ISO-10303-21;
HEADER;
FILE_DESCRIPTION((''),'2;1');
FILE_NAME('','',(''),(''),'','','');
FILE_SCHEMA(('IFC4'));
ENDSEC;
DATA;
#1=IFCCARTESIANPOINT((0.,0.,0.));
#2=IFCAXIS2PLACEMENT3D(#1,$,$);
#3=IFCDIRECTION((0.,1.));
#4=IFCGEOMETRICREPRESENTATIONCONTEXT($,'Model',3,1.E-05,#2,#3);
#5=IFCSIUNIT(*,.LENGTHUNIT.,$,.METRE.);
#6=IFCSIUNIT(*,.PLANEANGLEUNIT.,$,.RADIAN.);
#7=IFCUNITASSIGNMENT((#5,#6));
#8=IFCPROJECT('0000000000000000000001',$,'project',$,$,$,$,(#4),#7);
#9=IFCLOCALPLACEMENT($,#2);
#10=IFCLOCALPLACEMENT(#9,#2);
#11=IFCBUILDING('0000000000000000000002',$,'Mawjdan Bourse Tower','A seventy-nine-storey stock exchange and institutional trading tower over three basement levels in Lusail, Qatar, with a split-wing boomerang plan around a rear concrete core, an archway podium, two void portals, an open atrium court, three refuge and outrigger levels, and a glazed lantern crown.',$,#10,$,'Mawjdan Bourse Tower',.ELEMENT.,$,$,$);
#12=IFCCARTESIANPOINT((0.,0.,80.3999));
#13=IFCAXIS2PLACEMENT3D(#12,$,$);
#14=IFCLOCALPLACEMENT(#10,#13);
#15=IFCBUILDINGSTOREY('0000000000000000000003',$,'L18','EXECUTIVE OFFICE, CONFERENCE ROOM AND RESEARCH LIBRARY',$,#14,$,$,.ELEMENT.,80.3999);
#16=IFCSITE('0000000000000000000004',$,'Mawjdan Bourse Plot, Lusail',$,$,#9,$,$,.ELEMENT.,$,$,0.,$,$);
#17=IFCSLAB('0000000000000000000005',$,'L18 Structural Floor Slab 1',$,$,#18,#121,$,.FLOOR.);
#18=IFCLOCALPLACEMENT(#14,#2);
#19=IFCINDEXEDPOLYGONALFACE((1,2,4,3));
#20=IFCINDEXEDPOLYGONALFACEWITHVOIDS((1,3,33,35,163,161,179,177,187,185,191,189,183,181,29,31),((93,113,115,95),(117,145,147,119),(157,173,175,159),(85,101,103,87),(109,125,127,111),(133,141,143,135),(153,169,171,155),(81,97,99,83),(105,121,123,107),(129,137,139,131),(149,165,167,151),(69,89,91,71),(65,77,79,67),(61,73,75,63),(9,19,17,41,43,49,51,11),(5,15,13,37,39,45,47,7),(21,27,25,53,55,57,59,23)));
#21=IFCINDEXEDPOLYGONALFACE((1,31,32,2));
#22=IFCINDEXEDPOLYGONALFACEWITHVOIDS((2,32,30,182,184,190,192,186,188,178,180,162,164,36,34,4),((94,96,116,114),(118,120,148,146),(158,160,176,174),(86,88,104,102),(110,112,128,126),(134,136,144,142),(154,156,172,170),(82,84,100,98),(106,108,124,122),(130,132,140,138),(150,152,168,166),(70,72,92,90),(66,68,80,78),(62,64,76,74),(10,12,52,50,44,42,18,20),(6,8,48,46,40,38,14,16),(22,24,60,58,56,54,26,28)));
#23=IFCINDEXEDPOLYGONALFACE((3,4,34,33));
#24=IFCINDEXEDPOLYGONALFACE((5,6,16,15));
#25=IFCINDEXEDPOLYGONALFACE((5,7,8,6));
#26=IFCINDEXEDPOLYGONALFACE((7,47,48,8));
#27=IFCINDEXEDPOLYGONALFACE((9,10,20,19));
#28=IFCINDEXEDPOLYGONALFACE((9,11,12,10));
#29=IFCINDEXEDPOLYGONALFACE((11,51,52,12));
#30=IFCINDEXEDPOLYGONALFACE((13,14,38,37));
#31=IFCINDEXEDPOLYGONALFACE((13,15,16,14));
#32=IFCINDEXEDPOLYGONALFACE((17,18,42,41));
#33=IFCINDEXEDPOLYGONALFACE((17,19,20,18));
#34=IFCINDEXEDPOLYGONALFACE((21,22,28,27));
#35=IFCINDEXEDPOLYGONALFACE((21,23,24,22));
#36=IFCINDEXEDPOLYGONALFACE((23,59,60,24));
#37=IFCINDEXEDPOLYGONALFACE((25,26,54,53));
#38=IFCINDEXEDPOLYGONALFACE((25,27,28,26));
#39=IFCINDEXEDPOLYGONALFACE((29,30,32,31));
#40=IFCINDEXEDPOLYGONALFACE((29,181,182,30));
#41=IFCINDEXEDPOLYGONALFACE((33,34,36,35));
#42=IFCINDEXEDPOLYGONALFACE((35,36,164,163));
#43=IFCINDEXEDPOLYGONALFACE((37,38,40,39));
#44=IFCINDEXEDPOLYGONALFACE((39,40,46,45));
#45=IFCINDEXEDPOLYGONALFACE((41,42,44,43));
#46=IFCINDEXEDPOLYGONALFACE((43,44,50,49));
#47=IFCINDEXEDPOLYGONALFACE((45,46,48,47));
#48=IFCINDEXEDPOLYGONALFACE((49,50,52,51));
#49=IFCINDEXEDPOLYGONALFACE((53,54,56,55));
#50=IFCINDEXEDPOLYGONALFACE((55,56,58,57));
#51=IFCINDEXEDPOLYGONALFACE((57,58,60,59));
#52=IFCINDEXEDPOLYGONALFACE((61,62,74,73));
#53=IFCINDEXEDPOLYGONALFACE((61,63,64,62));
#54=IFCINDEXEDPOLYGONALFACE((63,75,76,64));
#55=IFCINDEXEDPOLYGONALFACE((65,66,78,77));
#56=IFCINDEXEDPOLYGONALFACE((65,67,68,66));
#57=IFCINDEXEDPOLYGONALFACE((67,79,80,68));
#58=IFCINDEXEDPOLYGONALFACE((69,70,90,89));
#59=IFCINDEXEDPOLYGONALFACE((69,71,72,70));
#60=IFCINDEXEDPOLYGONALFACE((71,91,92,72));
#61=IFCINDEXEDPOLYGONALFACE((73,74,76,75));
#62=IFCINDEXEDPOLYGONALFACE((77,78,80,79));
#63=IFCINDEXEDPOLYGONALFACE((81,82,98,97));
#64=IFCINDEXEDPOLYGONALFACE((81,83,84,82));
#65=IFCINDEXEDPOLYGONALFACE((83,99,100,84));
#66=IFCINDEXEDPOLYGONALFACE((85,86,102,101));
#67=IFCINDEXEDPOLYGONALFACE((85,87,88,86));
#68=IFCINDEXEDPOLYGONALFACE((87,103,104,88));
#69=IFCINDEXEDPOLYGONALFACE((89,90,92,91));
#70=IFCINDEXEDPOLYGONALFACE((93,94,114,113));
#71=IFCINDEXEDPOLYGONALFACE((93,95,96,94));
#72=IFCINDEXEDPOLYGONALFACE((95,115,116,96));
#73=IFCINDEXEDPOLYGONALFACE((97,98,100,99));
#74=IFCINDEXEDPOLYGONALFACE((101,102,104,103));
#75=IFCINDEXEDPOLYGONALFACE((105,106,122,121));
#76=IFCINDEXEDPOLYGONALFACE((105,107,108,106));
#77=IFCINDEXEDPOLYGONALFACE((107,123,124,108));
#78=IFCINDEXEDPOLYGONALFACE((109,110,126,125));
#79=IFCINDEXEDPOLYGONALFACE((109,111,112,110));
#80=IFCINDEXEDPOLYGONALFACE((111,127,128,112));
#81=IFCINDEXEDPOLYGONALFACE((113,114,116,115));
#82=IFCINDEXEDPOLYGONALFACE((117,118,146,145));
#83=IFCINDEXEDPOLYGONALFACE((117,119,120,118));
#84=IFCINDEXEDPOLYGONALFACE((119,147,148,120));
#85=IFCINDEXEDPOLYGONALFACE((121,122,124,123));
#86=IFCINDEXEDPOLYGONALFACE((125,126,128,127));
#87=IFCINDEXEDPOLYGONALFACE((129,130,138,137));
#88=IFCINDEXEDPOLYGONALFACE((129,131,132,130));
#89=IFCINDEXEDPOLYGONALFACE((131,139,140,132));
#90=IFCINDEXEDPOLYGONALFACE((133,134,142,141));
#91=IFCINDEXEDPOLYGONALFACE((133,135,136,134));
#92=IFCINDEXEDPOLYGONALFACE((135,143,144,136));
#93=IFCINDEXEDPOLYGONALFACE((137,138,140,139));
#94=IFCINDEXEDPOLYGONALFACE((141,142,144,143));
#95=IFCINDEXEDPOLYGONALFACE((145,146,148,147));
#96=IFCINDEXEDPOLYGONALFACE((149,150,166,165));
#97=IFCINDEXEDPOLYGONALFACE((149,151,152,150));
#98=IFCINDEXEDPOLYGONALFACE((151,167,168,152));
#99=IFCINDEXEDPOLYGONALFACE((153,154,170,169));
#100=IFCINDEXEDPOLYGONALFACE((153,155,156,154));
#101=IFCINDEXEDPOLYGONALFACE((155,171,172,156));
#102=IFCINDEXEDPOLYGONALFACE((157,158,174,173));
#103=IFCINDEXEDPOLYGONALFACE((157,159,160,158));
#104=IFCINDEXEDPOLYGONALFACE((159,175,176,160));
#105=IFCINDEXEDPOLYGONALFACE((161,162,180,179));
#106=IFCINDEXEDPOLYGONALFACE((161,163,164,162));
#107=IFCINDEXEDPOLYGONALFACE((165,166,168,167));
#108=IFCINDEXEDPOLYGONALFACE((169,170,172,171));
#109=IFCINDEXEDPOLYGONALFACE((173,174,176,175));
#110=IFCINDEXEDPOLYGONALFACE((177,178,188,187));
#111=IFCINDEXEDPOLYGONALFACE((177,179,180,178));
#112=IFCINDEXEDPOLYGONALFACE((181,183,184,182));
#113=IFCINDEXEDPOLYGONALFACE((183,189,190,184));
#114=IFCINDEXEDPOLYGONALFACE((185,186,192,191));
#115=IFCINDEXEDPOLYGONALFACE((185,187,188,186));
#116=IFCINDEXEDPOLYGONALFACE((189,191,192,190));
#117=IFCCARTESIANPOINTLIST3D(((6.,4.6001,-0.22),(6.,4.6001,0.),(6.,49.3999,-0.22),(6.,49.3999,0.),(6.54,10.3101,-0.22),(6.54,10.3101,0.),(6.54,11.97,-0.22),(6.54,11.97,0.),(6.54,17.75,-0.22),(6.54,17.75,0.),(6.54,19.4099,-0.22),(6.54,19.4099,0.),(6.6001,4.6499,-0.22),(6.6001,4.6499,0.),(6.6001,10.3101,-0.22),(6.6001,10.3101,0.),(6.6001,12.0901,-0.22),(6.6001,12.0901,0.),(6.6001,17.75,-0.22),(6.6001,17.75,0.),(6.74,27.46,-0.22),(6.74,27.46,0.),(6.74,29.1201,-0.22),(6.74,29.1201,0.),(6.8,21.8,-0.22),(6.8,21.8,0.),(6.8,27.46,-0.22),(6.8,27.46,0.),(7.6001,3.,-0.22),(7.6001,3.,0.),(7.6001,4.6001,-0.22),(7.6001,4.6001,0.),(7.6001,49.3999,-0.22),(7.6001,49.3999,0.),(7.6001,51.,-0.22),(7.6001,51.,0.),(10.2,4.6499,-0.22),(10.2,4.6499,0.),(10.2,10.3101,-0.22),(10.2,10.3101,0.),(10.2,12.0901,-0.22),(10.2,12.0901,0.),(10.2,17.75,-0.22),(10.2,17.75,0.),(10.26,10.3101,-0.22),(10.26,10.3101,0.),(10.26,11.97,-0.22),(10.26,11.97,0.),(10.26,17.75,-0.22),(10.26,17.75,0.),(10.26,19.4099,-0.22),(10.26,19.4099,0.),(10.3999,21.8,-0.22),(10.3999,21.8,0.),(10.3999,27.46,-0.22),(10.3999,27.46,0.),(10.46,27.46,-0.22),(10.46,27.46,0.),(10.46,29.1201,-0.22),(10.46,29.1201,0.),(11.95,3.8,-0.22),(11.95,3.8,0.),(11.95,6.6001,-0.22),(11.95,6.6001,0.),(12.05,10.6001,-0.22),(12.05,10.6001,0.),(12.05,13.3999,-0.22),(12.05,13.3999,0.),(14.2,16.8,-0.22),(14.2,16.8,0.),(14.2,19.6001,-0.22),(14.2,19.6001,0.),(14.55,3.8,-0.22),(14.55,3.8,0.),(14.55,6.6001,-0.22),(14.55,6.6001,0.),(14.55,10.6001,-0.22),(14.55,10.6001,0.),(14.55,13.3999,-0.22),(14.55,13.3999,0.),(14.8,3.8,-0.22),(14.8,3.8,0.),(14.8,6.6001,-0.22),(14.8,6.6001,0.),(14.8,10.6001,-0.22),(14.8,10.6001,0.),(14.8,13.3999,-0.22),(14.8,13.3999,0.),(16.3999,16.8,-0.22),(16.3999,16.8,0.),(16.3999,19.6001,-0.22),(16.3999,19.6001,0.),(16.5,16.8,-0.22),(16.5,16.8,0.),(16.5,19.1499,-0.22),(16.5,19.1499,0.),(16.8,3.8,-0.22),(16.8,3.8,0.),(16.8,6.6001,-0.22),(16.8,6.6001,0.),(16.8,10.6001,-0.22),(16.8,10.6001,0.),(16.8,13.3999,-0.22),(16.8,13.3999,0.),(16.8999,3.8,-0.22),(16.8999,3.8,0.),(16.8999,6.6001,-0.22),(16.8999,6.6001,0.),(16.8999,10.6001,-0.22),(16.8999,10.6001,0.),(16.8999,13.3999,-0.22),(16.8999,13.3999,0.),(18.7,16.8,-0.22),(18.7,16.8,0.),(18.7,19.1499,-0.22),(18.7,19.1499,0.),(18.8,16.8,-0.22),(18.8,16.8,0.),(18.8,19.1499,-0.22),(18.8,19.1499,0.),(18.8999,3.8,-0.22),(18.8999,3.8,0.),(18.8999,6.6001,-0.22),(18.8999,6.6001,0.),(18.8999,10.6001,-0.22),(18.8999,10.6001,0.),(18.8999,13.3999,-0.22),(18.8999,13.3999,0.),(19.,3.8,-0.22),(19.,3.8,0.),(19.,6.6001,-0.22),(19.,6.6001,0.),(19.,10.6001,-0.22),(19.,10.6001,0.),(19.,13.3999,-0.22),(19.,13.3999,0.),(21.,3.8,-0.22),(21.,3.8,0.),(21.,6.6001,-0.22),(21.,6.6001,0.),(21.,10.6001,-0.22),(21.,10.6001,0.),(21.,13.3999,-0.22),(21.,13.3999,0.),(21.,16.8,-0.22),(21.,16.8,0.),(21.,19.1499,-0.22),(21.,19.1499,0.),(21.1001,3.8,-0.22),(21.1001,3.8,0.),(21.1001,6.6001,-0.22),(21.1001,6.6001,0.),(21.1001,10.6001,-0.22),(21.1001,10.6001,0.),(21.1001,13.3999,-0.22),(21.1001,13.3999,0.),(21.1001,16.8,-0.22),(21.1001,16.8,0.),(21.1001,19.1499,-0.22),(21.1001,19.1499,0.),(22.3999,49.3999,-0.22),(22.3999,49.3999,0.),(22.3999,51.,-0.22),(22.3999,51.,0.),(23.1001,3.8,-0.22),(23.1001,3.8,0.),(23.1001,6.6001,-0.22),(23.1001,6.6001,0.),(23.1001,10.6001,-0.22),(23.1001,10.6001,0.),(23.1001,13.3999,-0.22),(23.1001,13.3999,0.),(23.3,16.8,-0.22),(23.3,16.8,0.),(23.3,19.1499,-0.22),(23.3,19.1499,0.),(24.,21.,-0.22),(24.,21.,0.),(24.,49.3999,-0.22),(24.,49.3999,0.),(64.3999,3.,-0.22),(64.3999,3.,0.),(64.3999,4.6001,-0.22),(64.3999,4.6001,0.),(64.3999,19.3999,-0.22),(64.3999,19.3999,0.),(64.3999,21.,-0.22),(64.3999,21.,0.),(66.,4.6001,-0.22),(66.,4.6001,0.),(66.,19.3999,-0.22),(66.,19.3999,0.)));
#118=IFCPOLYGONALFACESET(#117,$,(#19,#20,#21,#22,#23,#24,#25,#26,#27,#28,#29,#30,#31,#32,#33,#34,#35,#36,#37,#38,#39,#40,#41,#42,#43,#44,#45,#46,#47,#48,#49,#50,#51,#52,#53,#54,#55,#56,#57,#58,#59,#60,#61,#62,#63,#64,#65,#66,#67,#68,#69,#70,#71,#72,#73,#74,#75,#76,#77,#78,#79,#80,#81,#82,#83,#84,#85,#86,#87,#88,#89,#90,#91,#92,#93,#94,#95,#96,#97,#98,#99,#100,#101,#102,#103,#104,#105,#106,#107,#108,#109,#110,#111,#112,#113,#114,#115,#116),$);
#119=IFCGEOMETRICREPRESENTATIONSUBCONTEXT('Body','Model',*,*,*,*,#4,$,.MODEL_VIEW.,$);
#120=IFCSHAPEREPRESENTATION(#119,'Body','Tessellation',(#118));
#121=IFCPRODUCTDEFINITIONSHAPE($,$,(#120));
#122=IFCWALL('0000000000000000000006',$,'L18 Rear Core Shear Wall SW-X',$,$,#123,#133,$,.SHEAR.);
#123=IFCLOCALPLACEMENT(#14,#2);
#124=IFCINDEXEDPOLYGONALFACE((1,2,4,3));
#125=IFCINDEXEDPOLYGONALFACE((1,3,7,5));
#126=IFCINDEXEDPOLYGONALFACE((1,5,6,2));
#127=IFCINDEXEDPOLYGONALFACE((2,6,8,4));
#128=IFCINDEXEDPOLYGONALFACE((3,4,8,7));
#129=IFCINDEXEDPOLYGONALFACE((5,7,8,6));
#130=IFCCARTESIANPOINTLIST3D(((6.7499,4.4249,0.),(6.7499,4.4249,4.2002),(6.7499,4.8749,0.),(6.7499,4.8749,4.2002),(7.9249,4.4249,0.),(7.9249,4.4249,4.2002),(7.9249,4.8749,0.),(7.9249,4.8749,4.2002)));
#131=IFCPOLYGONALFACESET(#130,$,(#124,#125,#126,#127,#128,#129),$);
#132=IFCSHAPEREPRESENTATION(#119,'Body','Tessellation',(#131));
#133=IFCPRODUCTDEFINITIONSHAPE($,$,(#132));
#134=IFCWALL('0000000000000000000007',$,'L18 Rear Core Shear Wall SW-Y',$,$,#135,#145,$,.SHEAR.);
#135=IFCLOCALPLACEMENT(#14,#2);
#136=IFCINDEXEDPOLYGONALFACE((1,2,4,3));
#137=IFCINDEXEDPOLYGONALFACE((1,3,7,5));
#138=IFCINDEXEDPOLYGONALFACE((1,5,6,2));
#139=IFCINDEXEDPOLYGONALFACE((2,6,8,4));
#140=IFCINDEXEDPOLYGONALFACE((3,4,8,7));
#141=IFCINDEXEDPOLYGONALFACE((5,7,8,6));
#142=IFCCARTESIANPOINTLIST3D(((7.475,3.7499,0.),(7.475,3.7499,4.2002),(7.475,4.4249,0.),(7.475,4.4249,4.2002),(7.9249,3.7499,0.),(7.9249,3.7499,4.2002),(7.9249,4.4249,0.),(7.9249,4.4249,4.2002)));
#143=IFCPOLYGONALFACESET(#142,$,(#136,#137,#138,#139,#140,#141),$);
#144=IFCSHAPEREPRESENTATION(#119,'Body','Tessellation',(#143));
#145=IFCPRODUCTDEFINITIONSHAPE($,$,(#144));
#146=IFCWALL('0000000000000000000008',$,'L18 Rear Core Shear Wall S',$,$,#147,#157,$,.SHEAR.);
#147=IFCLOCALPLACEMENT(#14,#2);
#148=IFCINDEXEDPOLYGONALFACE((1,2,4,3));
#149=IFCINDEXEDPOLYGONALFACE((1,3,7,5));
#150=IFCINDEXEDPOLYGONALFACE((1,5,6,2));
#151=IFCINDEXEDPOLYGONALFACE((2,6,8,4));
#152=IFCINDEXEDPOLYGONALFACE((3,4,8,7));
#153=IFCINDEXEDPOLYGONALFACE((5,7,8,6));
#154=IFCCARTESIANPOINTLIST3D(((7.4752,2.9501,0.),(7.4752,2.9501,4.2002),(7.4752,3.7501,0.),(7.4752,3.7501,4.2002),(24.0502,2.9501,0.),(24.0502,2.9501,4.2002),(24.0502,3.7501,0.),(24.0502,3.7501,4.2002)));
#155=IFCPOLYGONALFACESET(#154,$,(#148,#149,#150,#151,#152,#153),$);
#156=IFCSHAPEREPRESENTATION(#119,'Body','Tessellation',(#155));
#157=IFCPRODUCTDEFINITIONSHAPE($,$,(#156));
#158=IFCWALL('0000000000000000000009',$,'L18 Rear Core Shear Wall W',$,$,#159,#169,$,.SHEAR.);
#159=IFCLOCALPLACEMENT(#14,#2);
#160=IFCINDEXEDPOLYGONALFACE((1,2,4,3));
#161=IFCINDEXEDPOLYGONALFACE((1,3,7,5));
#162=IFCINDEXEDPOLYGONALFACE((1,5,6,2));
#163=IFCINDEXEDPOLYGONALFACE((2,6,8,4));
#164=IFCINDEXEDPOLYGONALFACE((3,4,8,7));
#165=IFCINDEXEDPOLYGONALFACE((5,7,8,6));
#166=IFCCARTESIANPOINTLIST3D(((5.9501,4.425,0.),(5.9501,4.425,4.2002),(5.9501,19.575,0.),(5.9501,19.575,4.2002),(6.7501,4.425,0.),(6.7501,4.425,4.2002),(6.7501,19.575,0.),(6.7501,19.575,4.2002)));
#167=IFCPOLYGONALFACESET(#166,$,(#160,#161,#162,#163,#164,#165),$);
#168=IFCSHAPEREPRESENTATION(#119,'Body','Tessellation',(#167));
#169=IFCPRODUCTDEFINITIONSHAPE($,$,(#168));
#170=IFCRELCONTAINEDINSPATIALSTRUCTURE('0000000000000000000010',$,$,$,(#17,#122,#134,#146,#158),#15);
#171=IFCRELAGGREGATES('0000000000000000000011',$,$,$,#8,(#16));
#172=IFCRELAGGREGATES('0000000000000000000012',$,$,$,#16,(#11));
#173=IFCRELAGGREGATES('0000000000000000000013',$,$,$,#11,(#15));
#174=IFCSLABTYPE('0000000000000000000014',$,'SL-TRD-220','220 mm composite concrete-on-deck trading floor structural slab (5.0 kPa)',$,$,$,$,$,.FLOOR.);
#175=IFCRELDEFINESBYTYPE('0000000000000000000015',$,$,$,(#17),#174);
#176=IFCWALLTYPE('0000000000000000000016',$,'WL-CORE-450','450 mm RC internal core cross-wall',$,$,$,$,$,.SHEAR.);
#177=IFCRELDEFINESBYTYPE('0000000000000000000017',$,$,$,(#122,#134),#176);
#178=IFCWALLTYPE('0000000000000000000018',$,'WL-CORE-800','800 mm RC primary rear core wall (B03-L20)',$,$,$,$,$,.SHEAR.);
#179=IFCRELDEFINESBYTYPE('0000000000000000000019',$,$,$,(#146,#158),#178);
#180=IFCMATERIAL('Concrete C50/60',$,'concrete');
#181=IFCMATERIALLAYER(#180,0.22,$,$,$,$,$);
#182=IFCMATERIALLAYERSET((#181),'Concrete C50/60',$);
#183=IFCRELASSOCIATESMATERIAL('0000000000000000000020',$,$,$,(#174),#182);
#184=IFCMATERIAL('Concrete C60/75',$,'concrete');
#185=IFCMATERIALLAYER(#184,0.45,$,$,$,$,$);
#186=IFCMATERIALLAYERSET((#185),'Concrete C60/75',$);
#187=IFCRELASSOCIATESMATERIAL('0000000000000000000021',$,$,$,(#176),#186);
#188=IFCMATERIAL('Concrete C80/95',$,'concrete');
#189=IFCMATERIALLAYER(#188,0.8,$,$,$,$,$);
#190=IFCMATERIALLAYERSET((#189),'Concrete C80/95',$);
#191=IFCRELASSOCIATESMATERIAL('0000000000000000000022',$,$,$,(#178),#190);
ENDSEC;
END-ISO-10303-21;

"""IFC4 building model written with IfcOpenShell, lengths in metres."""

from ifc_helpers import new_model, si_unit, direction, frame, frame_2d, origin, place, context, subcontext, project, spatial, polyline, rectangle, outline, extrude, material, layer, layer_set, type_object, element, save


model = new_model("IFC4")

# Units and contexts
model_context = context("Model", 3, precision=1e-05, world=origin(), true_north=direction((0.0, 1.0)))
body_context = subcontext(model_context, "Body", "Model", "MODEL_VIEW")
ifc_project = project(units=[si_unit("LENGTHUNIT", "METRE"), si_unit("PLANEANGLEUNIT", "RADIAN")], contexts=[model_context])

# Site, building, storey
site_placement = place(None, origin())
site = spatial("IfcSite", under=ifc_project, at=site_placement, Name="Mawjdan Bourse Plot, Lusail", CompositionType="ELEMENT", RefElevation=0.0)
building_placement = place(site_placement, origin())
building = spatial("IfcBuilding", under=site, at=building_placement, Name="Mawjdan Bourse Tower", Description="A seventy-nine-storey stock exchange and institutional trading tower over three basement levels in Lusail, Qatar, with a split-wing boomerang plan around a rear concrete core, an archway podium, two void portals, an open atrium court, three refuge and outrigger levels, and a glazed lantern crown.", LongName="Mawjdan Bourse Tower", CompositionType="ELEMENT")
storey_placement = place(building_placement, frame((0.0, 0.0, 80.3999)))
storey = spatial("IfcBuildingStorey", under=building, at=storey_placement, Name="L18", Description="EXECUTIVE OFFICE, CONFERENCE ROOM AND RESEARCH LIBRARY", CompositionType="ELEMENT", Elevation=80.3999)

# Shared definitions
ifc_material_1 = material(Name="Concrete C50/60", Category="concrete")

# Slab
ifc_layer_1 = layer(ifc_material_1, 0.22)
ifc_layer_set_1 = layer_set([ifc_layer_1], Name="Concrete C50/60")
slab_type_1 = type_object("IfcSlabType", Name="SL-TRD-220", Description="220 mm composite concrete-on-deck trading floor structural slab (5.0 kPa)", PredefinedType="FLOOR", material=ifc_layer_set_1)
slab_1_placement = place(storey_placement, frame((0.0, 0.0, -0.22)))
element("IfcSlab", 1, at=slab_1_placement, inside=storey, type_object=slab_type_1, Name="L18 Structural Floor Slab 1", PredefinedType="FLOOR", context=body_context, shape_type="SweptSolid", body=[
    extrude(outline(polyline([(7.6001, 3.0), (64.3999, 3.0), (64.3999, 4.6001), (66.0, 4.6001), (66.0, 19.3999), (64.3999, 19.3999), (64.3999, 21.0), (24.0, 21.0), (24.0, 49.3999), (22.3999, 49.3999), (22.3999, 51.0), (7.6001, 51.0), (7.6001, 49.3999), (6.0, 49.3999), (6.0, 4.6001), (7.6001, 4.6001), (7.6001, 3.0)]), holes=[polyline([(11.95, 3.8), (11.95, 6.6001), (14.55, 6.6001), (14.55, 3.8), (11.95, 3.8)]), polyline([(14.8, 3.8), (14.8, 6.6001), (16.8, 6.6001), (16.8, 3.8), (14.8, 3.8)]), polyline([(10.26, 11.97), (10.26, 10.3101), (10.2, 10.3101), (10.2, 4.6499), (6.6001, 4.6499), (6.6001, 10.3101), (6.54, 10.3101), (6.54, 11.97), (10.26, 11.97)]), polyline([(12.05, 13.3999), (14.55, 13.3999), (14.55, 10.6001), (12.05, 10.6001), (12.05, 13.3999)]), polyline([(6.6001, 17.75), (6.54, 17.75), (6.54, 19.4099), (10.26, 19.4099), (10.26, 17.75), (10.2, 17.75), (10.2, 12.0901), (6.6001, 12.0901), (6.6001, 17.75)]), polyline([(14.2, 16.8), (14.2, 19.6001), (16.3999, 19.6001), (16.3999, 16.8), (14.2, 16.8)]), polyline([(10.46, 27.46), (10.3999, 27.46), (10.3999, 21.8), (6.8, 21.8), (6.8, 27.46), (6.74, 27.46), (6.74, 29.1201), (10.46, 29.1201), (10.46, 27.46)]), polyline([(16.8999, 3.8), (16.8999, 6.6001), (18.8999, 6.6001), (18.8999, 3.8), (16.8999, 3.8)]), polyline([(19.0, 3.8), (19.0, 6.6001), (21.0, 6.6001), (21.0, 3.8), (19.0, 3.8)]), polyline([(21.1001, 3.8), (21.1001, 6.6001), (23.1001, 6.6001), (23.1001, 3.8), (21.1001, 3.8)]), polyline([(14.8, 13.3999), (16.8, 13.3999), (16.8, 10.6001), (14.8, 10.6001), (14.8, 13.3999)]), polyline([(16.8999, 13.3999), (18.8999, 13.3999), (18.8999, 10.6001), (16.8999, 10.6001), (16.8999, 13.3999)]), polyline([(19.0, 10.6001), (19.0, 13.3999), (21.0, 13.3999), (21.0, 10.6001), (19.0, 10.6001)]), polyline([(21.1001, 10.6001), (21.1001, 13.3999), (23.1001, 13.3999), (23.1001, 10.6001), (21.1001, 10.6001)]), polyline([(16.5, 16.8), (16.5, 19.1499), (18.7, 19.1499), (18.7, 16.8), (16.5, 16.8)]), polyline([(18.8, 19.1499), (21.0, 19.1499), (21.0, 16.8), (18.8, 16.8), (18.8, 19.1499)]), polyline([(21.1001, 19.1499), (23.3, 19.1499), (23.3, 16.8), (21.1001, 16.8), (21.1001, 19.1499)])]), origin(), (0.0, 0.0, 1.0), 0.22),
])

# Walls
ifc_material_2 = material(Name="Concrete C60/75", Category="concrete")
ifc_layer_2 = layer(ifc_material_2, 0.45)
ifc_layer_set_2 = layer_set([ifc_layer_2], Name="Concrete C60/75")
wall_type_1 = type_object("IfcWallType", Name="WL-CORE-450", Description="450 mm RC internal core cross-wall", PredefinedType="SHEAR", material=ifc_layer_set_2)
wall_1_placement = place(storey_placement, frame((6.75, 4.6499, 0.0), z_axis=(0.0, 0.0, 1.0), x_axis=(1.0, 0.0, 0.0)))
element("IfcWall", 2, at=wall_1_placement, inside=storey, type_object=wall_type_1, Name="L18 Rear Core Shear Wall SW-X", PredefinedType="SHEAR", context=body_context, shape_type="SweptSolid", body=[
    extrude(rectangle(XDim=1.175, YDim=0.45, at=frame_2d((0.5874, 0.0))), origin(), (0.0, 0.0, 1.0), 4.2002),
])
wall_2_placement = place(storey_placement, frame((7.7, 3.75, 0.0), z_axis=(0.0, 0.0, 1.0), x_axis=(0.0, 1.0, 0.0)))
element("IfcWall", 3, at=wall_2_placement, inside=storey, type_object=wall_type_1, Name="L18 Rear Core Shear Wall SW-Y", PredefinedType="SHEAR", context=body_context, shape_type="SweptSolid", body=[
    extrude(rectangle(XDim=0.675, YDim=0.45, at=frame_2d((0.3374, 0.0))), origin(), (0.0, 0.0, 1.0), 4.2002),
])
ifc_material_3 = material(Name="Concrete C80/95", Category="concrete")
ifc_layer_3 = layer(ifc_material_3, 0.8)
ifc_layer_set_3 = layer_set([ifc_layer_3], Name="Concrete C80/95")
wall_type_2 = type_object("IfcWallType", Name="WL-CORE-800", Description="800 mm RC primary rear core wall (B03-L20)", PredefinedType="SHEAR", material=ifc_layer_set_3)
wall_3_placement = place(storey_placement, frame((7.4751, 3.3501, 0.0), z_axis=(0.0, 0.0, 1.0), x_axis=(1.0, 0.0, 0.0)))
element("IfcWall", 4, at=wall_3_placement, inside=storey, type_object=wall_type_2, Name="L18 Rear Core Shear Wall S", PredefinedType="SHEAR", context=body_context, shape_type="SweptSolid", body=[
    extrude(rectangle(XDim=16.575, YDim=0.8, at=frame_2d((8.2876, 0.0))), origin(), (0.0, 0.0, 1.0), 4.2002),
])
wall_4_placement = place(storey_placement, frame((6.3501, 4.425, 0.0), z_axis=(0.0, 0.0, 1.0), x_axis=(0.0, 1.0, 0.0)))
element("IfcWall", 5, at=wall_4_placement, inside=storey, type_object=wall_type_2, Name="L18 Rear Core Shear Wall W", PredefinedType="SHEAR", context=body_context, shape_type="SweptSolid", body=[
    extrude(rectangle(XDim=15.1499, YDim=0.8, at=frame_2d((7.575, 0.0))), origin(), (0.0, 0.0, 1.0), 4.2002),
])

save(model, "model.ifc")
